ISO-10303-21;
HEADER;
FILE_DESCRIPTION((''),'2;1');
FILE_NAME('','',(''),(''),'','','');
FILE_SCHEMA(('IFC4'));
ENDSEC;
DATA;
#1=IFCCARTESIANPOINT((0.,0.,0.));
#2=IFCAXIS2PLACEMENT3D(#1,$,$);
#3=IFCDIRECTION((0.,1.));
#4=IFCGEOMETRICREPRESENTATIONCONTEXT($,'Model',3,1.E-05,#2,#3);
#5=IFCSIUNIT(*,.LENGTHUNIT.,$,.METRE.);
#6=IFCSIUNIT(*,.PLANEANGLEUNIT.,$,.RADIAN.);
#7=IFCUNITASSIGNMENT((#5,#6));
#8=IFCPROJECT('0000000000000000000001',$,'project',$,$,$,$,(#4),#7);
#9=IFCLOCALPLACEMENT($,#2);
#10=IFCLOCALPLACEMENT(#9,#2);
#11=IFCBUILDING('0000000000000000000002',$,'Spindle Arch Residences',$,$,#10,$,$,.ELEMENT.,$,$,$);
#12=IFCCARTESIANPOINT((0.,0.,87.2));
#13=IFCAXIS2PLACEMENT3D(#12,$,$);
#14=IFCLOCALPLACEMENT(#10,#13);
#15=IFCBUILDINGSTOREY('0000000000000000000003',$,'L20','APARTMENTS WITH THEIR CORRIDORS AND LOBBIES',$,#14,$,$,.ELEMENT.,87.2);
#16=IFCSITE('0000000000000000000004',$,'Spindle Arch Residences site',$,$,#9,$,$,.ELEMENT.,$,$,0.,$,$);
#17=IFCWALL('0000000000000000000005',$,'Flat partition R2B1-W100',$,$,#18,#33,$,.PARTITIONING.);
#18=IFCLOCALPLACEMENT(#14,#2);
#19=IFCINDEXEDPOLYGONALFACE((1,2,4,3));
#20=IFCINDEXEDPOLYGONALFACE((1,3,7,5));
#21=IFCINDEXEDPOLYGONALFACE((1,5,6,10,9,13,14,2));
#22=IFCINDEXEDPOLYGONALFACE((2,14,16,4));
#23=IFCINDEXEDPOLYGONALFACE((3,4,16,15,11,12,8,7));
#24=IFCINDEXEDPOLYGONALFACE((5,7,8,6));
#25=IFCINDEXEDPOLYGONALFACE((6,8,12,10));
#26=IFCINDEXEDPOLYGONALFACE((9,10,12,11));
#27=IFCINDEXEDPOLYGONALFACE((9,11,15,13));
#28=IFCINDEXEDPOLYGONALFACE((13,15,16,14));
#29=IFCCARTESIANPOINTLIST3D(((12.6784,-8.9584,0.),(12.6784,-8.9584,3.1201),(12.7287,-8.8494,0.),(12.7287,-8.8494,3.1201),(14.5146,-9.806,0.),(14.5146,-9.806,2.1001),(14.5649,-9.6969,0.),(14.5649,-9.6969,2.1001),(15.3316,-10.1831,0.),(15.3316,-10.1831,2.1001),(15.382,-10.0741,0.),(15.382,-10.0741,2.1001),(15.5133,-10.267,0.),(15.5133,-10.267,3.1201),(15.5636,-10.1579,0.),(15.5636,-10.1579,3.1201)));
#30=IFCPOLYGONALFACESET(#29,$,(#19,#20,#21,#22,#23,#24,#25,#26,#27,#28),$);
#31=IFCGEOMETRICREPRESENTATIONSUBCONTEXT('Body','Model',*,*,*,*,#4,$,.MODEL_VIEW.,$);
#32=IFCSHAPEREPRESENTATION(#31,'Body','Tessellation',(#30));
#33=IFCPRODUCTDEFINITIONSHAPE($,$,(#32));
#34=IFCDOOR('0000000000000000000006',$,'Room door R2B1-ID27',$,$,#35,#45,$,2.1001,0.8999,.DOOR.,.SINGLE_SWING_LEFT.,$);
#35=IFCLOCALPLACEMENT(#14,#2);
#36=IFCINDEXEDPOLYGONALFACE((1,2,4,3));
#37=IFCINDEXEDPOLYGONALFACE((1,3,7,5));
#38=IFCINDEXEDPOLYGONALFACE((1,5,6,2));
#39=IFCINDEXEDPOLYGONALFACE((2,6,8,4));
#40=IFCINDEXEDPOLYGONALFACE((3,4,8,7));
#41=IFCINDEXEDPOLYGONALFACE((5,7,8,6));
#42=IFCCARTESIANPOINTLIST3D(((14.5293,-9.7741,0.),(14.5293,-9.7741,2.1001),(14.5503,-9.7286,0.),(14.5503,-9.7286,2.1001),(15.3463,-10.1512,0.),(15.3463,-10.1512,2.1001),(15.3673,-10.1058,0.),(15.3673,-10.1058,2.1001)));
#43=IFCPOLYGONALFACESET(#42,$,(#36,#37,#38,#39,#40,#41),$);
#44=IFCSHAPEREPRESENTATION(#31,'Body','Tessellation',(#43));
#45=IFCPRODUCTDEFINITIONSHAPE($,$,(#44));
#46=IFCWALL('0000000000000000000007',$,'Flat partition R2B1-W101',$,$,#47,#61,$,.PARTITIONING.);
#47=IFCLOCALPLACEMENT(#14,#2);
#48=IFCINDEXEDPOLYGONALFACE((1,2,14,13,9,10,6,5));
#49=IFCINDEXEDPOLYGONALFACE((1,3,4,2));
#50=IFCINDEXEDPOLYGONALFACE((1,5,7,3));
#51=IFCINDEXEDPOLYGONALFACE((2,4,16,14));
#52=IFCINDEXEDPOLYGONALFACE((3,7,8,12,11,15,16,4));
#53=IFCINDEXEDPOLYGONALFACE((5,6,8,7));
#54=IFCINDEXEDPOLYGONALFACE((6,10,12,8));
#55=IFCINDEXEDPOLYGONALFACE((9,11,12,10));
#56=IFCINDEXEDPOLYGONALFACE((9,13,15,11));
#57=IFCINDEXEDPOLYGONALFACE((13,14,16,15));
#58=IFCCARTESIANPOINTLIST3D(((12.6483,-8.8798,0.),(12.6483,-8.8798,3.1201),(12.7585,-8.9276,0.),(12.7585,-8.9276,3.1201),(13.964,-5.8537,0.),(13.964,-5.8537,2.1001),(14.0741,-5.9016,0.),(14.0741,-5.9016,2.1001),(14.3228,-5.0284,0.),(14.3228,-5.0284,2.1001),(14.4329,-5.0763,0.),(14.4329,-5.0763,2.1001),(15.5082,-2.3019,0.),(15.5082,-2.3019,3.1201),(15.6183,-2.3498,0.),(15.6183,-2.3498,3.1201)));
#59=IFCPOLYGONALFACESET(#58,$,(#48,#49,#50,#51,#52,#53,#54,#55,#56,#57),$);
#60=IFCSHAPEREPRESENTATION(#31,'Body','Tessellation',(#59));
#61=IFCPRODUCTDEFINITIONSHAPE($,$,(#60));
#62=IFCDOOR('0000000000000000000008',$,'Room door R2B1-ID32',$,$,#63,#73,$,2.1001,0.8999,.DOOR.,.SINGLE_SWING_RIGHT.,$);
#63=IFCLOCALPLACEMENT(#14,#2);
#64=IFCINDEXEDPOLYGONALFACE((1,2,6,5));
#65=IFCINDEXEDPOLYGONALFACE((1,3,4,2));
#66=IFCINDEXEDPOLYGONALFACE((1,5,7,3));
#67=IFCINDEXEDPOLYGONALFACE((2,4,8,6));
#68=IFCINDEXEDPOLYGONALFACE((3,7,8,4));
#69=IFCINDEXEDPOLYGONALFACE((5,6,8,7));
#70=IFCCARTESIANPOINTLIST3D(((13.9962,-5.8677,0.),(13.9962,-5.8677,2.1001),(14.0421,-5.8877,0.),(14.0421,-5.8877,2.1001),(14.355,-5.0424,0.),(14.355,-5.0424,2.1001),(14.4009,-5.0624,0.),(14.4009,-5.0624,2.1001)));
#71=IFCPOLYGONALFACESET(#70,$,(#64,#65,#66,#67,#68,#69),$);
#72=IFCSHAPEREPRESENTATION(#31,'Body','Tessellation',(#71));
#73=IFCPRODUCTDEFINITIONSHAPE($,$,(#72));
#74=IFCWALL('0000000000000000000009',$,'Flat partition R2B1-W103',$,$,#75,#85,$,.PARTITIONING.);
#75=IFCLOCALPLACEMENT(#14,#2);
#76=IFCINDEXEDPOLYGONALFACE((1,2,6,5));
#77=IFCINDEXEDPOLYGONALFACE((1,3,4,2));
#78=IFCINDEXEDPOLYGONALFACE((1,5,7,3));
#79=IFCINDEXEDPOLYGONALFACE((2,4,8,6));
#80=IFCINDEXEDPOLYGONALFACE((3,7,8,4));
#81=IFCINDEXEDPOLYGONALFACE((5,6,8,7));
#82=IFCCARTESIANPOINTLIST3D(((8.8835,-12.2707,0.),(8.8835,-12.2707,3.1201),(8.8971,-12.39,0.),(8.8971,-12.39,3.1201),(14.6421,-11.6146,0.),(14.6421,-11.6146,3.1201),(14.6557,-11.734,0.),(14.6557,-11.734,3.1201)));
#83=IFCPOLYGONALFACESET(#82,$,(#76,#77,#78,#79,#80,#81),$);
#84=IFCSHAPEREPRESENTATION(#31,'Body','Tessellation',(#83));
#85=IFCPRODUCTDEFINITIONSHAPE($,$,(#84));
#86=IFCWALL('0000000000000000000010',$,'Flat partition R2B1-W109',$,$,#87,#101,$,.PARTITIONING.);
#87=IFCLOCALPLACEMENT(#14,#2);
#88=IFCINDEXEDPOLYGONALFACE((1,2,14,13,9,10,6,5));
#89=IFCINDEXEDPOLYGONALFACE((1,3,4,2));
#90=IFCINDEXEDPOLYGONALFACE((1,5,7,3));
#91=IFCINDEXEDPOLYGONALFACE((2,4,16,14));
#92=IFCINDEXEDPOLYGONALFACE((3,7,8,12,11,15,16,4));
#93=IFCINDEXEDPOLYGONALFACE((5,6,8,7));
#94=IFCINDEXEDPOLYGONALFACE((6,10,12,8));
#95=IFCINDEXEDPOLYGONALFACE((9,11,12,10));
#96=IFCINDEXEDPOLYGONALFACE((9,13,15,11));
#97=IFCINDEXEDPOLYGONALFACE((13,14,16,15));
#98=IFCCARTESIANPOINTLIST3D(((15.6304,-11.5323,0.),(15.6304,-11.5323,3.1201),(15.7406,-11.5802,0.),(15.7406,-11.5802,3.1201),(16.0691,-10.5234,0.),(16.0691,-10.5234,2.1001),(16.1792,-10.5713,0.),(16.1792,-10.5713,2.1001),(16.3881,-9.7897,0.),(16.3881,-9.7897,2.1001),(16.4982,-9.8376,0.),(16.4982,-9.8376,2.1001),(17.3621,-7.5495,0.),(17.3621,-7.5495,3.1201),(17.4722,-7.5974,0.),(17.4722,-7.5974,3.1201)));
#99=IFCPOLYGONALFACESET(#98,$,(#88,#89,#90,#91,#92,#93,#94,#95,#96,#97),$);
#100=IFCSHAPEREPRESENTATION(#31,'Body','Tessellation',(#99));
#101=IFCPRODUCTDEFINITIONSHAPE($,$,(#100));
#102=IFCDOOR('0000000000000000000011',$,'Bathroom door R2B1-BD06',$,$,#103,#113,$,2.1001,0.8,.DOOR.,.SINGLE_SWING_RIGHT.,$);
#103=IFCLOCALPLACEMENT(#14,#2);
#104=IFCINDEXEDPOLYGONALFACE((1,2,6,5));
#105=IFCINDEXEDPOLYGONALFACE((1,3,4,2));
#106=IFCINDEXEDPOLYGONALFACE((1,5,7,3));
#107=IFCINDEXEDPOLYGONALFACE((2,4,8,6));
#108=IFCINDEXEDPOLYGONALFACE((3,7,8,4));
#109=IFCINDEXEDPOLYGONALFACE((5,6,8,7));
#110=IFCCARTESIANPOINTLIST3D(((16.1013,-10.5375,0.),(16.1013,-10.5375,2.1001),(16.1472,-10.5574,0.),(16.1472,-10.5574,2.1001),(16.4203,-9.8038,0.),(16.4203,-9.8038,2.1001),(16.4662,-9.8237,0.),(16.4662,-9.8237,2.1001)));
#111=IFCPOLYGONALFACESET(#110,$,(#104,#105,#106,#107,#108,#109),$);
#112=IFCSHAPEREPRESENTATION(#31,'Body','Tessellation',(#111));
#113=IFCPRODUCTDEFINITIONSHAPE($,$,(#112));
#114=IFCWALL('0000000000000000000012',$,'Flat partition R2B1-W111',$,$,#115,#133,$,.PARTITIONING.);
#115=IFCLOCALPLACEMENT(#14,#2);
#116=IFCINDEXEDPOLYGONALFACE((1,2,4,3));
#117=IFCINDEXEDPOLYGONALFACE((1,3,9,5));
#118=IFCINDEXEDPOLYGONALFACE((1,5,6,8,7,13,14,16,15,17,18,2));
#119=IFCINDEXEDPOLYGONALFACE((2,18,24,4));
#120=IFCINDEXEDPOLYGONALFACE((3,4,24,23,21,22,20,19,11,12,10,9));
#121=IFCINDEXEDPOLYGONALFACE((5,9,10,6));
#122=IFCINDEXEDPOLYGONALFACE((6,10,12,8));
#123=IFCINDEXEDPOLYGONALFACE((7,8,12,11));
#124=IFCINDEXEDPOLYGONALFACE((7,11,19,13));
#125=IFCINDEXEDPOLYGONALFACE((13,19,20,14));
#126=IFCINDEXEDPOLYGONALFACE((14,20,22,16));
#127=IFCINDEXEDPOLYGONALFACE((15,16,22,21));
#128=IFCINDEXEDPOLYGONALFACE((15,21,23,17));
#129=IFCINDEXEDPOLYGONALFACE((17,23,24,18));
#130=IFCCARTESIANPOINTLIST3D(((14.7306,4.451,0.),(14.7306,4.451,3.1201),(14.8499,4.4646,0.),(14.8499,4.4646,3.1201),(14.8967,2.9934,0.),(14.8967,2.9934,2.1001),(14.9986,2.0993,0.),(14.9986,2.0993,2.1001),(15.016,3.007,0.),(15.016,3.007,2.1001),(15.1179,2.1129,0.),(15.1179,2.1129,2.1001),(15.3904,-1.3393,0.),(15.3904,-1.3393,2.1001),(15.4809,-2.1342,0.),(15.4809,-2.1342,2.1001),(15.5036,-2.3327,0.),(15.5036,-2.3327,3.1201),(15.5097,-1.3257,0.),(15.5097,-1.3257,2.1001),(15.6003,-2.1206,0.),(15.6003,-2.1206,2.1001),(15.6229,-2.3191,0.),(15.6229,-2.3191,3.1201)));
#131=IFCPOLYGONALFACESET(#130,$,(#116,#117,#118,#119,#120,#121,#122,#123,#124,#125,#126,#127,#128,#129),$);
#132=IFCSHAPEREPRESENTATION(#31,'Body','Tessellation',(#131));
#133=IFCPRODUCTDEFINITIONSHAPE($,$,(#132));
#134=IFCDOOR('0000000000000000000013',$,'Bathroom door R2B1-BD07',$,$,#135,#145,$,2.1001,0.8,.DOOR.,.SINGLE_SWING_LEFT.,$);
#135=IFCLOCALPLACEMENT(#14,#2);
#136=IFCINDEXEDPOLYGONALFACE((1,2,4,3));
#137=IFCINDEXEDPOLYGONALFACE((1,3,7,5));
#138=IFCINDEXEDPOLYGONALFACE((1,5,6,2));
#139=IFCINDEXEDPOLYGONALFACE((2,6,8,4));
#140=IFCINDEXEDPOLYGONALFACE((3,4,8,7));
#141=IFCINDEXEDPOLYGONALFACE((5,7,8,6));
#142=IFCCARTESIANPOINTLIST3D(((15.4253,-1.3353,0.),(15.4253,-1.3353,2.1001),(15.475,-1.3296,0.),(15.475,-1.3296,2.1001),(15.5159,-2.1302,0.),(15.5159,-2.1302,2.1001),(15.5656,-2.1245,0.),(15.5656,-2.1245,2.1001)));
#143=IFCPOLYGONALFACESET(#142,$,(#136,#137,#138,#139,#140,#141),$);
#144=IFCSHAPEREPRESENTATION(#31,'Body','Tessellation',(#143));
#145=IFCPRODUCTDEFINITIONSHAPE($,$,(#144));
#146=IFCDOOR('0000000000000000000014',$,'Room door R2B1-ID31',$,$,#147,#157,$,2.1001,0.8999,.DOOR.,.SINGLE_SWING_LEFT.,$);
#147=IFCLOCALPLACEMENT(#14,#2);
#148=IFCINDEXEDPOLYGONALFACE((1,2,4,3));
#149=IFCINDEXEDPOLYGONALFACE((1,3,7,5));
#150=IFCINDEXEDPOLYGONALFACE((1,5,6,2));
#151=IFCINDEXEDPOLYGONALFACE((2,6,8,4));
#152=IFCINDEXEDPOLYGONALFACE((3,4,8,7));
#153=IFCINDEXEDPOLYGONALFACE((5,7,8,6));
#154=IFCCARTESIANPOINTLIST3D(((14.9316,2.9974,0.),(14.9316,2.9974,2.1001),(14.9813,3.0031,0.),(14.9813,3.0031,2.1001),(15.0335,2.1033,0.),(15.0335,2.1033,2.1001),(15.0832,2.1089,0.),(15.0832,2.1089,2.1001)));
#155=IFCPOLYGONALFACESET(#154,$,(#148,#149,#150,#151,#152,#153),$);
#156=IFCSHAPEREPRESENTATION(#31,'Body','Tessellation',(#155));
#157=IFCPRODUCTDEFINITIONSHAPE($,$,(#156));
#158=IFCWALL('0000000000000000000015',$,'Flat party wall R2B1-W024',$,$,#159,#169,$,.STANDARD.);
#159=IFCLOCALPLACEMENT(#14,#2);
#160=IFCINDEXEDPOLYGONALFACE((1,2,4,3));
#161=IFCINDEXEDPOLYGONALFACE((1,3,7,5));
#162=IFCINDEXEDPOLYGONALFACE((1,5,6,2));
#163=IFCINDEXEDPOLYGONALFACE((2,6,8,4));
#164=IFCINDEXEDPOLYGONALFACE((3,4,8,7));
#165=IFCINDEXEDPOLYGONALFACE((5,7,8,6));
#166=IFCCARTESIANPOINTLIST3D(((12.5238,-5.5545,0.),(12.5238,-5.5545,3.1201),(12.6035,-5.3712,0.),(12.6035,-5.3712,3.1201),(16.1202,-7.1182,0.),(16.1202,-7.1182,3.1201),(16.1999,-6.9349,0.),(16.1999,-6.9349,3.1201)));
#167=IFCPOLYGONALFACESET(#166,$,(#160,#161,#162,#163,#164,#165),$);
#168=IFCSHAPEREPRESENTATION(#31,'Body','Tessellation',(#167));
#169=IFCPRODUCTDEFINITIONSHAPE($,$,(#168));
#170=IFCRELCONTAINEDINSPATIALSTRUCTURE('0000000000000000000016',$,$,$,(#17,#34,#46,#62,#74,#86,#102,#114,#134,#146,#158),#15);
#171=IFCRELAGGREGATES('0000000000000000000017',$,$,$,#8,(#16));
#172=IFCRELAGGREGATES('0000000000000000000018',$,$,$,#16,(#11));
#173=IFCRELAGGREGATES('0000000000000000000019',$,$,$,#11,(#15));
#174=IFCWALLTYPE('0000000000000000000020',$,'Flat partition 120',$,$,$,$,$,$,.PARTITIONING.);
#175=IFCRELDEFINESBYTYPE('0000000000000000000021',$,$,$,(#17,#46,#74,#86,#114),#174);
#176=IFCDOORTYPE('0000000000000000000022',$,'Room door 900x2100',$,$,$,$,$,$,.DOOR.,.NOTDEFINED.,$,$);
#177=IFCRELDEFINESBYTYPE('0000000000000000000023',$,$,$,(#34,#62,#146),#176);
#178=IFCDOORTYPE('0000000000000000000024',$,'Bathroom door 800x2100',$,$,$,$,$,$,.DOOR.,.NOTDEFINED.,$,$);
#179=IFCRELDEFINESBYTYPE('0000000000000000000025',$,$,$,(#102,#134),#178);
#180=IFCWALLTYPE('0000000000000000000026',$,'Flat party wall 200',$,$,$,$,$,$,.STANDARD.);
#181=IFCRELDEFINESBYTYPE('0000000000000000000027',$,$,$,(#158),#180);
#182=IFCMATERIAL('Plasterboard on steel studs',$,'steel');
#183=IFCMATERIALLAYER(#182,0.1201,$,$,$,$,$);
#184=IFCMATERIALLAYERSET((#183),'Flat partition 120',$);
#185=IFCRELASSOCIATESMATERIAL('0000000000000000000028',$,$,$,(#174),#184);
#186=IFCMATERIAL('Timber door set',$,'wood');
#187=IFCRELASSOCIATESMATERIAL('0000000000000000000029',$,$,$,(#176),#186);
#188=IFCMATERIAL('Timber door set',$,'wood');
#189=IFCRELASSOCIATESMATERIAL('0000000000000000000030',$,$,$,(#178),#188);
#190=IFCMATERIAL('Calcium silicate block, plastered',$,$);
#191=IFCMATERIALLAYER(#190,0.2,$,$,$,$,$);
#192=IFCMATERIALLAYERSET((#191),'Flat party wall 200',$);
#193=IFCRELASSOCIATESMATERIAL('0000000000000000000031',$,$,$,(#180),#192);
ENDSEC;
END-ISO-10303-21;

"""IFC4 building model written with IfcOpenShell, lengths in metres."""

from ifc_helpers import new_model, si_unit, direction, frame, frame_2d, origin, place, context, subcontext, project, spatial, rectangle, extrude, material, layer, layer_set, type_object, element, fill, save


model = new_model("IFC4")

# Units and contexts
model_context = context("Model", 3, precision=1e-05, world=origin(), true_north=direction((0.0, 1.0)))
body_context = subcontext(model_context, "Body", "Model", "MODEL_VIEW")
ifc_project = project(units=[si_unit("LENGTHUNIT", "METRE"), si_unit("PLANEANGLEUNIT", "RADIAN")], contexts=[model_context])

# Site, building, storey
site_placement = place(None, origin())
site = spatial("IfcSite", under=ifc_project, at=site_placement, Name="Spindle Arch Residences site", CompositionType="ELEMENT", RefElevation=0.0)
building_placement = place(site_placement, origin())
building = spatial("IfcBuilding", under=site, at=building_placement, Name="Spindle Arch Residences", CompositionType="ELEMENT")
storey_placement = place(building_placement, frame((0.0, 0.0, 87.2)))
storey = spatial("IfcBuildingStorey", under=building, at=storey_placement, Name="L20", Description="APARTMENTS WITH THEIR CORRIDORS AND LOBBIES", CompositionType="ELEMENT", Elevation=87.2)

# Shared definitions
ifc_material_1 = material(Name="Plasterboard on steel studs", Category="steel")
ifc_layer_1 = layer(ifc_material_1, 0.1201)
ifc_layer_set_1 = layer_set([ifc_layer_1], Name="Flat partition 120")
wall_type_1 = type_object("IfcWallType", Name="Flat partition 120", PredefinedType="PARTITIONING", material=ifc_layer_set_1)

# Walls, openings, doors
wall_1_placement = place(storey_placement, frame((15.5383, -10.2124, 0.0), z_axis=(0.0, 0.0, 1.0), x_axis=(-0.907941, 0.419098, 0.0)))
wall_1 = element("IfcWall", 1, at=wall_1_placement, inside=storey, type_object=wall_type_1, Name="Flat partition R2B1-W100", PredefinedType="PARTITIONING", context=body_context, shape_type="SweptSolid", body=[
    extrude(rectangle(XDim=3.1223, YDim=0.1201, at=frame_2d((1.561, 0.0))), origin(), (0.0, 0.0, 1.0), 3.1201),
])
opening_1_placement = place(wall_1_placement, frame((0.2, 0.0, 0.0)))
opening_1 = element("IfcOpeningElement", 2, at=opening_1_placement, cuts=wall_1, PredefinedType="OPENING", context=body_context, shape_type="SweptSolid", body=[
    extrude(rectangle(XDim=0.8999, YDim=2.1001, at=frame_2d((0.45, 1.05))), frame((0.0, 0.0701, 0.0), z_axis=(0.0, -1.0, 0.0), x_axis=(1.0, 0.0, 0.0)), (0.0, 0.0, 1.0), 0.1401),
])
ifc_material_2 = material(Name="Timber door set", Category="wood")
door_type_1 = type_object("IfcDoorType", Name="Room door 900x2100", OperationType="NOTDEFINED", PredefinedType="DOOR", material=ifc_material_2)
door_1_placement = place(opening_1_placement, origin())
door_1 = element("IfcDoor", 3, at=door_1_placement, inside=storey, type_object=door_type_1, Name="Room door R2B1-ID27", OperationType="SINGLE_SWING_LEFT", OverallHeight=2.1001, OverallWidth=0.8999, PredefinedType="DOOR", context=body_context, shape_type="SweptSolid", body=[
    extrude(rectangle(XDim=0.8999, YDim=2.1001, at=frame_2d((0.45, 1.05))), frame((0.0, 0.0249, 0.0), z_axis=(0.0, -1.0, 0.0), x_axis=(1.0, 0.0, 0.0)), (0.0, 0.0, 1.0), 0.05),
])
fill(opening_1, door_1)
wall_2_placement = place(storey_placement, frame((12.7034, -8.9038, 0.0), z_axis=(0.0, 0.0, 1.0), x_axis=(0.398716, 0.917074, 0.0)))
wall_2 = element("IfcWall", 4, at=wall_2_placement, inside=storey, type_object=wall_type_1, Name="Flat partition R2B1-W101", PredefinedType="PARTITIONING", context=body_context, shape_type="SweptSolid", body=[
    extrude(rectangle(XDim=7.1726, YDim=0.1201, at=frame_2d((3.5864, 0.0))), origin(), (0.0, 0.0, 1.0), 3.1201),
])
opening_2_placement = place(wall_2_placement, frame((3.2998, 0.0, 0.0)))
opening_2 = element("IfcOpeningElement", 5, at=opening_2_placement, cuts=wall_2, PredefinedType="OPENING", context=body_context, shape_type="SweptSolid", body=[
    extrude(rectangle(XDim=0.8999, YDim=2.1001, at=frame_2d((0.45, 1.05))), frame((0.0, 0.0701, 0.0), z_axis=(0.0, -1.0, 0.0), x_axis=(1.0, 0.0, 0.0)), (0.0, 0.0, 1.0), 0.1401),
])
door_2_placement = place(opening_2_placement, origin())
door_2 = element("IfcDoor", 6, at=door_2_placement, inside=storey, type_object=door_type_1, Name="Room door R2B1-ID32", OperationType="SINGLE_SWING_RIGHT", OverallHeight=2.1001, OverallWidth=0.8999, PredefinedType="DOOR", context=body_context, shape_type="SweptSolid", body=[
    extrude(rectangle(XDim=0.8999, YDim=2.1001, at=frame_2d((0.45, 1.05))), frame((0.0, 0.0249, 0.0), z_axis=(0.0, -1.0, 0.0), x_axis=(1.0, 0.0, 0.0)), (0.0, 0.0, 1.0), 0.05),
])
fill(opening_2, door_2)

# Wall
wall_3_placement = place(storey_placement, frame((14.6489, -11.6743, 0.0), z_axis=(0.0, 0.0, 1.0), x_axis=(-0.993574, -0.113187, 0.0)))
element("IfcWall", 7, at=wall_3_placement, inside=storey, type_object=wall_type_1, Name="Flat partition R2B1-W103", PredefinedType="PARTITIONING", context=body_context, shape_type="SweptSolid", body=[
    extrude(rectangle(XDim=5.7959, YDim=0.1201, at=frame_2d((2.8979, 0.0))), origin(), (0.0, 0.0, 1.0), 3.1201),
])

# Wall, opening, door
wall_4_placement = place(storey_placement, frame((15.6855, -11.5562, 0.0), z_axis=(0.0, 0.0, 1.0), x_axis=(0.398724, 0.917071, 0.0)))
wall_4 = element("IfcWall", 8, at=wall_4_placement, inside=storey, type_object=wall_type_1, Name="Flat partition R2B1-W109", PredefinedType="PARTITIONING", context=body_context, shape_type="SweptSolid", body=[
    extrude(rectangle(XDim=4.343, YDim=0.1201, at=frame_2d((2.1714, 0.0))), origin(), (0.0, 0.0, 1.0), 3.1201),
])
opening_3_placement = place(wall_4_placement, frame((1.1001, 0.0, 0.0)))
opening_3 = element("IfcOpeningElement", 9, at=opening_3_placement, cuts=wall_4, PredefinedType="OPENING", context=body_context, shape_type="SweptSolid", body=[
    extrude(rectangle(XDim=0.8, YDim=2.1001, at=frame_2d((0.3999, 1.05))), frame((0.0, 0.0701, 0.0), z_axis=(0.0, -1.0, 0.0), x_axis=(1.0, 0.0, 0.0)), (0.0, 0.0, 1.0), 0.1401),
])
ifc_material_3 = material(Name="Timber door set", Category="wood")
door_type_2 = type_object("IfcDoorType", Name="Bathroom door 800x2100", OperationType="NOTDEFINED", PredefinedType="DOOR", material=ifc_material_3)
door_3_placement = place(opening_3_placement, origin())
door_3 = element("IfcDoor", 10, at=door_3_placement, inside=storey, type_object=door_type_2, Name="Bathroom door R2B1-BD06", OperationType="SINGLE_SWING_RIGHT", OverallHeight=2.1001, OverallWidth=0.8, PredefinedType="DOOR", context=body_context, shape_type="SweptSolid", body=[
    extrude(rectangle(XDim=0.8, YDim=2.1001, at=frame_2d((0.3999, 1.05))), frame((0.0, 0.0249, 0.0), z_axis=(0.0, -1.0, 0.0), x_axis=(1.0, 0.0, 0.0)), (0.0, 0.0, 1.0), 0.05),
])
fill(opening_3, door_3)

# Wall, openings, doors
wall_5_placement = place(storey_placement, frame((15.5632, -2.3259, 0.0), z_axis=(0.0, 0.0, 1.0), x_axis=(-0.11321, 0.993571, 0.0)))
wall_5 = element("IfcWall", 11, at=wall_5_placement, inside=storey, type_object=wall_type_1, Name="Flat partition R2B1-W111", PredefinedType="PARTITIONING", context=body_context, shape_type="SweptSolid", body=[
    extrude(rectangle(XDim=6.8276, YDim=0.1201, at=frame_2d((3.4138, 0.0))), origin(), (0.0, 0.0, 1.0), 3.1201),
])
opening_4_placement = place(wall_5_placement, frame((4.4607, 0.0, 0.0)))
opening_4 = element("IfcOpeningElement", 12, at=opening_4_placement, cuts=wall_5, PredefinedType="OPENING", context=body_context, shape_type="SweptSolid", body=[
    extrude(rectangle(XDim=0.8999, YDim=2.1001, at=frame_2d((0.45, 1.05))), frame((0.0, 0.0701, 0.0), z_axis=(0.0, -1.0, 0.0), x_axis=(1.0, 0.0, 0.0)), (0.0, 0.0, 1.0), 0.1401),
])
opening_5_placement = place(wall_5_placement, frame((0.2, 0.0, 0.0)))
opening_5 = element("IfcOpeningElement", 13, at=opening_5_placement, cuts=wall_5, PredefinedType="OPENING", context=body_context, shape_type="SweptSolid", body=[
    extrude(rectangle(XDim=0.8, YDim=2.1001, at=frame_2d((0.3999, 1.05))), frame((0.0, 0.0701, 0.0), z_axis=(0.0, -1.0, 0.0), x_axis=(1.0, 0.0, 0.0)), (0.0, 0.0, 1.0), 0.1401),
])
door_4_placement = place(opening_5_placement, origin())
door_4 = element("IfcDoor", 14, at=door_4_placement, inside=storey, type_object=door_type_2, Name="Bathroom door R2B1-BD07", OperationType="SINGLE_SWING_LEFT", OverallHeight=2.1001, OverallWidth=0.8, PredefinedType="DOOR", context=body_context, shape_type="SweptSolid", body=[
    extrude(rectangle(XDim=0.8, YDim=2.1001, at=frame_2d((0.3999, 1.05))), frame((0.0, 0.0249, 0.0), z_axis=(0.0, -1.0, 0.0), x_axis=(1.0, 0.0, 0.0)), (0.0, 0.0, 1.0), 0.05),
])
fill(opening_5, door_4)
door_5_placement = place(opening_4_placement, origin())
door_5 = element("IfcDoor", 15, at=door_5_placement, inside=storey, type_object=door_type_1, Name="Room door R2B1-ID31", OperationType="SINGLE_SWING_LEFT", OverallHeight=2.1001, OverallWidth=0.8999, PredefinedType="DOOR", context=body_context, shape_type="SweptSolid", body=[
    extrude(rectangle(XDim=0.8999, YDim=2.1001, at=frame_2d((0.45, 1.05))), frame((0.0, 0.0249, 0.0), z_axis=(0.0, -1.0, 0.0), x_axis=(1.0, 0.0, 0.0)), (0.0, 0.0, 1.0), 0.05),
])
fill(opening_4, door_5)

# Wall
ifc_material_4 = material(Name="Calcium silicate block, plastered")
ifc_layer_2 = layer(ifc_material_4, 0.2)
ifc_layer_set_2 = layer_set([ifc_layer_2], Name="Flat party wall 200")
wall_type_2 = type_object("IfcWallType", Name="Flat party wall 200", PredefinedType="STANDARD", material=ifc_layer_set_2)
wall_6_placement = place(storey_placement, frame((16.1602, -7.0266, 0.0), z_axis=(0.0, 0.0, 1.0), x_axis=(-0.917065, 0.398737, 0.0)))
element("IfcWall", 16, at=wall_6_placement, inside=storey, type_object=wall_type_2, Name="Flat party wall R2B1-W024", PredefinedType="STANDARD", context=body_context, shape_type="SweptSolid", body=[
    extrude(rectangle(XDim=3.9216, YDim=0.2, at=frame_2d((1.9609, 0.0))), origin(), (0.0, 0.0, 1.0), 3.1201),
])

save(model, "model.ifc")
